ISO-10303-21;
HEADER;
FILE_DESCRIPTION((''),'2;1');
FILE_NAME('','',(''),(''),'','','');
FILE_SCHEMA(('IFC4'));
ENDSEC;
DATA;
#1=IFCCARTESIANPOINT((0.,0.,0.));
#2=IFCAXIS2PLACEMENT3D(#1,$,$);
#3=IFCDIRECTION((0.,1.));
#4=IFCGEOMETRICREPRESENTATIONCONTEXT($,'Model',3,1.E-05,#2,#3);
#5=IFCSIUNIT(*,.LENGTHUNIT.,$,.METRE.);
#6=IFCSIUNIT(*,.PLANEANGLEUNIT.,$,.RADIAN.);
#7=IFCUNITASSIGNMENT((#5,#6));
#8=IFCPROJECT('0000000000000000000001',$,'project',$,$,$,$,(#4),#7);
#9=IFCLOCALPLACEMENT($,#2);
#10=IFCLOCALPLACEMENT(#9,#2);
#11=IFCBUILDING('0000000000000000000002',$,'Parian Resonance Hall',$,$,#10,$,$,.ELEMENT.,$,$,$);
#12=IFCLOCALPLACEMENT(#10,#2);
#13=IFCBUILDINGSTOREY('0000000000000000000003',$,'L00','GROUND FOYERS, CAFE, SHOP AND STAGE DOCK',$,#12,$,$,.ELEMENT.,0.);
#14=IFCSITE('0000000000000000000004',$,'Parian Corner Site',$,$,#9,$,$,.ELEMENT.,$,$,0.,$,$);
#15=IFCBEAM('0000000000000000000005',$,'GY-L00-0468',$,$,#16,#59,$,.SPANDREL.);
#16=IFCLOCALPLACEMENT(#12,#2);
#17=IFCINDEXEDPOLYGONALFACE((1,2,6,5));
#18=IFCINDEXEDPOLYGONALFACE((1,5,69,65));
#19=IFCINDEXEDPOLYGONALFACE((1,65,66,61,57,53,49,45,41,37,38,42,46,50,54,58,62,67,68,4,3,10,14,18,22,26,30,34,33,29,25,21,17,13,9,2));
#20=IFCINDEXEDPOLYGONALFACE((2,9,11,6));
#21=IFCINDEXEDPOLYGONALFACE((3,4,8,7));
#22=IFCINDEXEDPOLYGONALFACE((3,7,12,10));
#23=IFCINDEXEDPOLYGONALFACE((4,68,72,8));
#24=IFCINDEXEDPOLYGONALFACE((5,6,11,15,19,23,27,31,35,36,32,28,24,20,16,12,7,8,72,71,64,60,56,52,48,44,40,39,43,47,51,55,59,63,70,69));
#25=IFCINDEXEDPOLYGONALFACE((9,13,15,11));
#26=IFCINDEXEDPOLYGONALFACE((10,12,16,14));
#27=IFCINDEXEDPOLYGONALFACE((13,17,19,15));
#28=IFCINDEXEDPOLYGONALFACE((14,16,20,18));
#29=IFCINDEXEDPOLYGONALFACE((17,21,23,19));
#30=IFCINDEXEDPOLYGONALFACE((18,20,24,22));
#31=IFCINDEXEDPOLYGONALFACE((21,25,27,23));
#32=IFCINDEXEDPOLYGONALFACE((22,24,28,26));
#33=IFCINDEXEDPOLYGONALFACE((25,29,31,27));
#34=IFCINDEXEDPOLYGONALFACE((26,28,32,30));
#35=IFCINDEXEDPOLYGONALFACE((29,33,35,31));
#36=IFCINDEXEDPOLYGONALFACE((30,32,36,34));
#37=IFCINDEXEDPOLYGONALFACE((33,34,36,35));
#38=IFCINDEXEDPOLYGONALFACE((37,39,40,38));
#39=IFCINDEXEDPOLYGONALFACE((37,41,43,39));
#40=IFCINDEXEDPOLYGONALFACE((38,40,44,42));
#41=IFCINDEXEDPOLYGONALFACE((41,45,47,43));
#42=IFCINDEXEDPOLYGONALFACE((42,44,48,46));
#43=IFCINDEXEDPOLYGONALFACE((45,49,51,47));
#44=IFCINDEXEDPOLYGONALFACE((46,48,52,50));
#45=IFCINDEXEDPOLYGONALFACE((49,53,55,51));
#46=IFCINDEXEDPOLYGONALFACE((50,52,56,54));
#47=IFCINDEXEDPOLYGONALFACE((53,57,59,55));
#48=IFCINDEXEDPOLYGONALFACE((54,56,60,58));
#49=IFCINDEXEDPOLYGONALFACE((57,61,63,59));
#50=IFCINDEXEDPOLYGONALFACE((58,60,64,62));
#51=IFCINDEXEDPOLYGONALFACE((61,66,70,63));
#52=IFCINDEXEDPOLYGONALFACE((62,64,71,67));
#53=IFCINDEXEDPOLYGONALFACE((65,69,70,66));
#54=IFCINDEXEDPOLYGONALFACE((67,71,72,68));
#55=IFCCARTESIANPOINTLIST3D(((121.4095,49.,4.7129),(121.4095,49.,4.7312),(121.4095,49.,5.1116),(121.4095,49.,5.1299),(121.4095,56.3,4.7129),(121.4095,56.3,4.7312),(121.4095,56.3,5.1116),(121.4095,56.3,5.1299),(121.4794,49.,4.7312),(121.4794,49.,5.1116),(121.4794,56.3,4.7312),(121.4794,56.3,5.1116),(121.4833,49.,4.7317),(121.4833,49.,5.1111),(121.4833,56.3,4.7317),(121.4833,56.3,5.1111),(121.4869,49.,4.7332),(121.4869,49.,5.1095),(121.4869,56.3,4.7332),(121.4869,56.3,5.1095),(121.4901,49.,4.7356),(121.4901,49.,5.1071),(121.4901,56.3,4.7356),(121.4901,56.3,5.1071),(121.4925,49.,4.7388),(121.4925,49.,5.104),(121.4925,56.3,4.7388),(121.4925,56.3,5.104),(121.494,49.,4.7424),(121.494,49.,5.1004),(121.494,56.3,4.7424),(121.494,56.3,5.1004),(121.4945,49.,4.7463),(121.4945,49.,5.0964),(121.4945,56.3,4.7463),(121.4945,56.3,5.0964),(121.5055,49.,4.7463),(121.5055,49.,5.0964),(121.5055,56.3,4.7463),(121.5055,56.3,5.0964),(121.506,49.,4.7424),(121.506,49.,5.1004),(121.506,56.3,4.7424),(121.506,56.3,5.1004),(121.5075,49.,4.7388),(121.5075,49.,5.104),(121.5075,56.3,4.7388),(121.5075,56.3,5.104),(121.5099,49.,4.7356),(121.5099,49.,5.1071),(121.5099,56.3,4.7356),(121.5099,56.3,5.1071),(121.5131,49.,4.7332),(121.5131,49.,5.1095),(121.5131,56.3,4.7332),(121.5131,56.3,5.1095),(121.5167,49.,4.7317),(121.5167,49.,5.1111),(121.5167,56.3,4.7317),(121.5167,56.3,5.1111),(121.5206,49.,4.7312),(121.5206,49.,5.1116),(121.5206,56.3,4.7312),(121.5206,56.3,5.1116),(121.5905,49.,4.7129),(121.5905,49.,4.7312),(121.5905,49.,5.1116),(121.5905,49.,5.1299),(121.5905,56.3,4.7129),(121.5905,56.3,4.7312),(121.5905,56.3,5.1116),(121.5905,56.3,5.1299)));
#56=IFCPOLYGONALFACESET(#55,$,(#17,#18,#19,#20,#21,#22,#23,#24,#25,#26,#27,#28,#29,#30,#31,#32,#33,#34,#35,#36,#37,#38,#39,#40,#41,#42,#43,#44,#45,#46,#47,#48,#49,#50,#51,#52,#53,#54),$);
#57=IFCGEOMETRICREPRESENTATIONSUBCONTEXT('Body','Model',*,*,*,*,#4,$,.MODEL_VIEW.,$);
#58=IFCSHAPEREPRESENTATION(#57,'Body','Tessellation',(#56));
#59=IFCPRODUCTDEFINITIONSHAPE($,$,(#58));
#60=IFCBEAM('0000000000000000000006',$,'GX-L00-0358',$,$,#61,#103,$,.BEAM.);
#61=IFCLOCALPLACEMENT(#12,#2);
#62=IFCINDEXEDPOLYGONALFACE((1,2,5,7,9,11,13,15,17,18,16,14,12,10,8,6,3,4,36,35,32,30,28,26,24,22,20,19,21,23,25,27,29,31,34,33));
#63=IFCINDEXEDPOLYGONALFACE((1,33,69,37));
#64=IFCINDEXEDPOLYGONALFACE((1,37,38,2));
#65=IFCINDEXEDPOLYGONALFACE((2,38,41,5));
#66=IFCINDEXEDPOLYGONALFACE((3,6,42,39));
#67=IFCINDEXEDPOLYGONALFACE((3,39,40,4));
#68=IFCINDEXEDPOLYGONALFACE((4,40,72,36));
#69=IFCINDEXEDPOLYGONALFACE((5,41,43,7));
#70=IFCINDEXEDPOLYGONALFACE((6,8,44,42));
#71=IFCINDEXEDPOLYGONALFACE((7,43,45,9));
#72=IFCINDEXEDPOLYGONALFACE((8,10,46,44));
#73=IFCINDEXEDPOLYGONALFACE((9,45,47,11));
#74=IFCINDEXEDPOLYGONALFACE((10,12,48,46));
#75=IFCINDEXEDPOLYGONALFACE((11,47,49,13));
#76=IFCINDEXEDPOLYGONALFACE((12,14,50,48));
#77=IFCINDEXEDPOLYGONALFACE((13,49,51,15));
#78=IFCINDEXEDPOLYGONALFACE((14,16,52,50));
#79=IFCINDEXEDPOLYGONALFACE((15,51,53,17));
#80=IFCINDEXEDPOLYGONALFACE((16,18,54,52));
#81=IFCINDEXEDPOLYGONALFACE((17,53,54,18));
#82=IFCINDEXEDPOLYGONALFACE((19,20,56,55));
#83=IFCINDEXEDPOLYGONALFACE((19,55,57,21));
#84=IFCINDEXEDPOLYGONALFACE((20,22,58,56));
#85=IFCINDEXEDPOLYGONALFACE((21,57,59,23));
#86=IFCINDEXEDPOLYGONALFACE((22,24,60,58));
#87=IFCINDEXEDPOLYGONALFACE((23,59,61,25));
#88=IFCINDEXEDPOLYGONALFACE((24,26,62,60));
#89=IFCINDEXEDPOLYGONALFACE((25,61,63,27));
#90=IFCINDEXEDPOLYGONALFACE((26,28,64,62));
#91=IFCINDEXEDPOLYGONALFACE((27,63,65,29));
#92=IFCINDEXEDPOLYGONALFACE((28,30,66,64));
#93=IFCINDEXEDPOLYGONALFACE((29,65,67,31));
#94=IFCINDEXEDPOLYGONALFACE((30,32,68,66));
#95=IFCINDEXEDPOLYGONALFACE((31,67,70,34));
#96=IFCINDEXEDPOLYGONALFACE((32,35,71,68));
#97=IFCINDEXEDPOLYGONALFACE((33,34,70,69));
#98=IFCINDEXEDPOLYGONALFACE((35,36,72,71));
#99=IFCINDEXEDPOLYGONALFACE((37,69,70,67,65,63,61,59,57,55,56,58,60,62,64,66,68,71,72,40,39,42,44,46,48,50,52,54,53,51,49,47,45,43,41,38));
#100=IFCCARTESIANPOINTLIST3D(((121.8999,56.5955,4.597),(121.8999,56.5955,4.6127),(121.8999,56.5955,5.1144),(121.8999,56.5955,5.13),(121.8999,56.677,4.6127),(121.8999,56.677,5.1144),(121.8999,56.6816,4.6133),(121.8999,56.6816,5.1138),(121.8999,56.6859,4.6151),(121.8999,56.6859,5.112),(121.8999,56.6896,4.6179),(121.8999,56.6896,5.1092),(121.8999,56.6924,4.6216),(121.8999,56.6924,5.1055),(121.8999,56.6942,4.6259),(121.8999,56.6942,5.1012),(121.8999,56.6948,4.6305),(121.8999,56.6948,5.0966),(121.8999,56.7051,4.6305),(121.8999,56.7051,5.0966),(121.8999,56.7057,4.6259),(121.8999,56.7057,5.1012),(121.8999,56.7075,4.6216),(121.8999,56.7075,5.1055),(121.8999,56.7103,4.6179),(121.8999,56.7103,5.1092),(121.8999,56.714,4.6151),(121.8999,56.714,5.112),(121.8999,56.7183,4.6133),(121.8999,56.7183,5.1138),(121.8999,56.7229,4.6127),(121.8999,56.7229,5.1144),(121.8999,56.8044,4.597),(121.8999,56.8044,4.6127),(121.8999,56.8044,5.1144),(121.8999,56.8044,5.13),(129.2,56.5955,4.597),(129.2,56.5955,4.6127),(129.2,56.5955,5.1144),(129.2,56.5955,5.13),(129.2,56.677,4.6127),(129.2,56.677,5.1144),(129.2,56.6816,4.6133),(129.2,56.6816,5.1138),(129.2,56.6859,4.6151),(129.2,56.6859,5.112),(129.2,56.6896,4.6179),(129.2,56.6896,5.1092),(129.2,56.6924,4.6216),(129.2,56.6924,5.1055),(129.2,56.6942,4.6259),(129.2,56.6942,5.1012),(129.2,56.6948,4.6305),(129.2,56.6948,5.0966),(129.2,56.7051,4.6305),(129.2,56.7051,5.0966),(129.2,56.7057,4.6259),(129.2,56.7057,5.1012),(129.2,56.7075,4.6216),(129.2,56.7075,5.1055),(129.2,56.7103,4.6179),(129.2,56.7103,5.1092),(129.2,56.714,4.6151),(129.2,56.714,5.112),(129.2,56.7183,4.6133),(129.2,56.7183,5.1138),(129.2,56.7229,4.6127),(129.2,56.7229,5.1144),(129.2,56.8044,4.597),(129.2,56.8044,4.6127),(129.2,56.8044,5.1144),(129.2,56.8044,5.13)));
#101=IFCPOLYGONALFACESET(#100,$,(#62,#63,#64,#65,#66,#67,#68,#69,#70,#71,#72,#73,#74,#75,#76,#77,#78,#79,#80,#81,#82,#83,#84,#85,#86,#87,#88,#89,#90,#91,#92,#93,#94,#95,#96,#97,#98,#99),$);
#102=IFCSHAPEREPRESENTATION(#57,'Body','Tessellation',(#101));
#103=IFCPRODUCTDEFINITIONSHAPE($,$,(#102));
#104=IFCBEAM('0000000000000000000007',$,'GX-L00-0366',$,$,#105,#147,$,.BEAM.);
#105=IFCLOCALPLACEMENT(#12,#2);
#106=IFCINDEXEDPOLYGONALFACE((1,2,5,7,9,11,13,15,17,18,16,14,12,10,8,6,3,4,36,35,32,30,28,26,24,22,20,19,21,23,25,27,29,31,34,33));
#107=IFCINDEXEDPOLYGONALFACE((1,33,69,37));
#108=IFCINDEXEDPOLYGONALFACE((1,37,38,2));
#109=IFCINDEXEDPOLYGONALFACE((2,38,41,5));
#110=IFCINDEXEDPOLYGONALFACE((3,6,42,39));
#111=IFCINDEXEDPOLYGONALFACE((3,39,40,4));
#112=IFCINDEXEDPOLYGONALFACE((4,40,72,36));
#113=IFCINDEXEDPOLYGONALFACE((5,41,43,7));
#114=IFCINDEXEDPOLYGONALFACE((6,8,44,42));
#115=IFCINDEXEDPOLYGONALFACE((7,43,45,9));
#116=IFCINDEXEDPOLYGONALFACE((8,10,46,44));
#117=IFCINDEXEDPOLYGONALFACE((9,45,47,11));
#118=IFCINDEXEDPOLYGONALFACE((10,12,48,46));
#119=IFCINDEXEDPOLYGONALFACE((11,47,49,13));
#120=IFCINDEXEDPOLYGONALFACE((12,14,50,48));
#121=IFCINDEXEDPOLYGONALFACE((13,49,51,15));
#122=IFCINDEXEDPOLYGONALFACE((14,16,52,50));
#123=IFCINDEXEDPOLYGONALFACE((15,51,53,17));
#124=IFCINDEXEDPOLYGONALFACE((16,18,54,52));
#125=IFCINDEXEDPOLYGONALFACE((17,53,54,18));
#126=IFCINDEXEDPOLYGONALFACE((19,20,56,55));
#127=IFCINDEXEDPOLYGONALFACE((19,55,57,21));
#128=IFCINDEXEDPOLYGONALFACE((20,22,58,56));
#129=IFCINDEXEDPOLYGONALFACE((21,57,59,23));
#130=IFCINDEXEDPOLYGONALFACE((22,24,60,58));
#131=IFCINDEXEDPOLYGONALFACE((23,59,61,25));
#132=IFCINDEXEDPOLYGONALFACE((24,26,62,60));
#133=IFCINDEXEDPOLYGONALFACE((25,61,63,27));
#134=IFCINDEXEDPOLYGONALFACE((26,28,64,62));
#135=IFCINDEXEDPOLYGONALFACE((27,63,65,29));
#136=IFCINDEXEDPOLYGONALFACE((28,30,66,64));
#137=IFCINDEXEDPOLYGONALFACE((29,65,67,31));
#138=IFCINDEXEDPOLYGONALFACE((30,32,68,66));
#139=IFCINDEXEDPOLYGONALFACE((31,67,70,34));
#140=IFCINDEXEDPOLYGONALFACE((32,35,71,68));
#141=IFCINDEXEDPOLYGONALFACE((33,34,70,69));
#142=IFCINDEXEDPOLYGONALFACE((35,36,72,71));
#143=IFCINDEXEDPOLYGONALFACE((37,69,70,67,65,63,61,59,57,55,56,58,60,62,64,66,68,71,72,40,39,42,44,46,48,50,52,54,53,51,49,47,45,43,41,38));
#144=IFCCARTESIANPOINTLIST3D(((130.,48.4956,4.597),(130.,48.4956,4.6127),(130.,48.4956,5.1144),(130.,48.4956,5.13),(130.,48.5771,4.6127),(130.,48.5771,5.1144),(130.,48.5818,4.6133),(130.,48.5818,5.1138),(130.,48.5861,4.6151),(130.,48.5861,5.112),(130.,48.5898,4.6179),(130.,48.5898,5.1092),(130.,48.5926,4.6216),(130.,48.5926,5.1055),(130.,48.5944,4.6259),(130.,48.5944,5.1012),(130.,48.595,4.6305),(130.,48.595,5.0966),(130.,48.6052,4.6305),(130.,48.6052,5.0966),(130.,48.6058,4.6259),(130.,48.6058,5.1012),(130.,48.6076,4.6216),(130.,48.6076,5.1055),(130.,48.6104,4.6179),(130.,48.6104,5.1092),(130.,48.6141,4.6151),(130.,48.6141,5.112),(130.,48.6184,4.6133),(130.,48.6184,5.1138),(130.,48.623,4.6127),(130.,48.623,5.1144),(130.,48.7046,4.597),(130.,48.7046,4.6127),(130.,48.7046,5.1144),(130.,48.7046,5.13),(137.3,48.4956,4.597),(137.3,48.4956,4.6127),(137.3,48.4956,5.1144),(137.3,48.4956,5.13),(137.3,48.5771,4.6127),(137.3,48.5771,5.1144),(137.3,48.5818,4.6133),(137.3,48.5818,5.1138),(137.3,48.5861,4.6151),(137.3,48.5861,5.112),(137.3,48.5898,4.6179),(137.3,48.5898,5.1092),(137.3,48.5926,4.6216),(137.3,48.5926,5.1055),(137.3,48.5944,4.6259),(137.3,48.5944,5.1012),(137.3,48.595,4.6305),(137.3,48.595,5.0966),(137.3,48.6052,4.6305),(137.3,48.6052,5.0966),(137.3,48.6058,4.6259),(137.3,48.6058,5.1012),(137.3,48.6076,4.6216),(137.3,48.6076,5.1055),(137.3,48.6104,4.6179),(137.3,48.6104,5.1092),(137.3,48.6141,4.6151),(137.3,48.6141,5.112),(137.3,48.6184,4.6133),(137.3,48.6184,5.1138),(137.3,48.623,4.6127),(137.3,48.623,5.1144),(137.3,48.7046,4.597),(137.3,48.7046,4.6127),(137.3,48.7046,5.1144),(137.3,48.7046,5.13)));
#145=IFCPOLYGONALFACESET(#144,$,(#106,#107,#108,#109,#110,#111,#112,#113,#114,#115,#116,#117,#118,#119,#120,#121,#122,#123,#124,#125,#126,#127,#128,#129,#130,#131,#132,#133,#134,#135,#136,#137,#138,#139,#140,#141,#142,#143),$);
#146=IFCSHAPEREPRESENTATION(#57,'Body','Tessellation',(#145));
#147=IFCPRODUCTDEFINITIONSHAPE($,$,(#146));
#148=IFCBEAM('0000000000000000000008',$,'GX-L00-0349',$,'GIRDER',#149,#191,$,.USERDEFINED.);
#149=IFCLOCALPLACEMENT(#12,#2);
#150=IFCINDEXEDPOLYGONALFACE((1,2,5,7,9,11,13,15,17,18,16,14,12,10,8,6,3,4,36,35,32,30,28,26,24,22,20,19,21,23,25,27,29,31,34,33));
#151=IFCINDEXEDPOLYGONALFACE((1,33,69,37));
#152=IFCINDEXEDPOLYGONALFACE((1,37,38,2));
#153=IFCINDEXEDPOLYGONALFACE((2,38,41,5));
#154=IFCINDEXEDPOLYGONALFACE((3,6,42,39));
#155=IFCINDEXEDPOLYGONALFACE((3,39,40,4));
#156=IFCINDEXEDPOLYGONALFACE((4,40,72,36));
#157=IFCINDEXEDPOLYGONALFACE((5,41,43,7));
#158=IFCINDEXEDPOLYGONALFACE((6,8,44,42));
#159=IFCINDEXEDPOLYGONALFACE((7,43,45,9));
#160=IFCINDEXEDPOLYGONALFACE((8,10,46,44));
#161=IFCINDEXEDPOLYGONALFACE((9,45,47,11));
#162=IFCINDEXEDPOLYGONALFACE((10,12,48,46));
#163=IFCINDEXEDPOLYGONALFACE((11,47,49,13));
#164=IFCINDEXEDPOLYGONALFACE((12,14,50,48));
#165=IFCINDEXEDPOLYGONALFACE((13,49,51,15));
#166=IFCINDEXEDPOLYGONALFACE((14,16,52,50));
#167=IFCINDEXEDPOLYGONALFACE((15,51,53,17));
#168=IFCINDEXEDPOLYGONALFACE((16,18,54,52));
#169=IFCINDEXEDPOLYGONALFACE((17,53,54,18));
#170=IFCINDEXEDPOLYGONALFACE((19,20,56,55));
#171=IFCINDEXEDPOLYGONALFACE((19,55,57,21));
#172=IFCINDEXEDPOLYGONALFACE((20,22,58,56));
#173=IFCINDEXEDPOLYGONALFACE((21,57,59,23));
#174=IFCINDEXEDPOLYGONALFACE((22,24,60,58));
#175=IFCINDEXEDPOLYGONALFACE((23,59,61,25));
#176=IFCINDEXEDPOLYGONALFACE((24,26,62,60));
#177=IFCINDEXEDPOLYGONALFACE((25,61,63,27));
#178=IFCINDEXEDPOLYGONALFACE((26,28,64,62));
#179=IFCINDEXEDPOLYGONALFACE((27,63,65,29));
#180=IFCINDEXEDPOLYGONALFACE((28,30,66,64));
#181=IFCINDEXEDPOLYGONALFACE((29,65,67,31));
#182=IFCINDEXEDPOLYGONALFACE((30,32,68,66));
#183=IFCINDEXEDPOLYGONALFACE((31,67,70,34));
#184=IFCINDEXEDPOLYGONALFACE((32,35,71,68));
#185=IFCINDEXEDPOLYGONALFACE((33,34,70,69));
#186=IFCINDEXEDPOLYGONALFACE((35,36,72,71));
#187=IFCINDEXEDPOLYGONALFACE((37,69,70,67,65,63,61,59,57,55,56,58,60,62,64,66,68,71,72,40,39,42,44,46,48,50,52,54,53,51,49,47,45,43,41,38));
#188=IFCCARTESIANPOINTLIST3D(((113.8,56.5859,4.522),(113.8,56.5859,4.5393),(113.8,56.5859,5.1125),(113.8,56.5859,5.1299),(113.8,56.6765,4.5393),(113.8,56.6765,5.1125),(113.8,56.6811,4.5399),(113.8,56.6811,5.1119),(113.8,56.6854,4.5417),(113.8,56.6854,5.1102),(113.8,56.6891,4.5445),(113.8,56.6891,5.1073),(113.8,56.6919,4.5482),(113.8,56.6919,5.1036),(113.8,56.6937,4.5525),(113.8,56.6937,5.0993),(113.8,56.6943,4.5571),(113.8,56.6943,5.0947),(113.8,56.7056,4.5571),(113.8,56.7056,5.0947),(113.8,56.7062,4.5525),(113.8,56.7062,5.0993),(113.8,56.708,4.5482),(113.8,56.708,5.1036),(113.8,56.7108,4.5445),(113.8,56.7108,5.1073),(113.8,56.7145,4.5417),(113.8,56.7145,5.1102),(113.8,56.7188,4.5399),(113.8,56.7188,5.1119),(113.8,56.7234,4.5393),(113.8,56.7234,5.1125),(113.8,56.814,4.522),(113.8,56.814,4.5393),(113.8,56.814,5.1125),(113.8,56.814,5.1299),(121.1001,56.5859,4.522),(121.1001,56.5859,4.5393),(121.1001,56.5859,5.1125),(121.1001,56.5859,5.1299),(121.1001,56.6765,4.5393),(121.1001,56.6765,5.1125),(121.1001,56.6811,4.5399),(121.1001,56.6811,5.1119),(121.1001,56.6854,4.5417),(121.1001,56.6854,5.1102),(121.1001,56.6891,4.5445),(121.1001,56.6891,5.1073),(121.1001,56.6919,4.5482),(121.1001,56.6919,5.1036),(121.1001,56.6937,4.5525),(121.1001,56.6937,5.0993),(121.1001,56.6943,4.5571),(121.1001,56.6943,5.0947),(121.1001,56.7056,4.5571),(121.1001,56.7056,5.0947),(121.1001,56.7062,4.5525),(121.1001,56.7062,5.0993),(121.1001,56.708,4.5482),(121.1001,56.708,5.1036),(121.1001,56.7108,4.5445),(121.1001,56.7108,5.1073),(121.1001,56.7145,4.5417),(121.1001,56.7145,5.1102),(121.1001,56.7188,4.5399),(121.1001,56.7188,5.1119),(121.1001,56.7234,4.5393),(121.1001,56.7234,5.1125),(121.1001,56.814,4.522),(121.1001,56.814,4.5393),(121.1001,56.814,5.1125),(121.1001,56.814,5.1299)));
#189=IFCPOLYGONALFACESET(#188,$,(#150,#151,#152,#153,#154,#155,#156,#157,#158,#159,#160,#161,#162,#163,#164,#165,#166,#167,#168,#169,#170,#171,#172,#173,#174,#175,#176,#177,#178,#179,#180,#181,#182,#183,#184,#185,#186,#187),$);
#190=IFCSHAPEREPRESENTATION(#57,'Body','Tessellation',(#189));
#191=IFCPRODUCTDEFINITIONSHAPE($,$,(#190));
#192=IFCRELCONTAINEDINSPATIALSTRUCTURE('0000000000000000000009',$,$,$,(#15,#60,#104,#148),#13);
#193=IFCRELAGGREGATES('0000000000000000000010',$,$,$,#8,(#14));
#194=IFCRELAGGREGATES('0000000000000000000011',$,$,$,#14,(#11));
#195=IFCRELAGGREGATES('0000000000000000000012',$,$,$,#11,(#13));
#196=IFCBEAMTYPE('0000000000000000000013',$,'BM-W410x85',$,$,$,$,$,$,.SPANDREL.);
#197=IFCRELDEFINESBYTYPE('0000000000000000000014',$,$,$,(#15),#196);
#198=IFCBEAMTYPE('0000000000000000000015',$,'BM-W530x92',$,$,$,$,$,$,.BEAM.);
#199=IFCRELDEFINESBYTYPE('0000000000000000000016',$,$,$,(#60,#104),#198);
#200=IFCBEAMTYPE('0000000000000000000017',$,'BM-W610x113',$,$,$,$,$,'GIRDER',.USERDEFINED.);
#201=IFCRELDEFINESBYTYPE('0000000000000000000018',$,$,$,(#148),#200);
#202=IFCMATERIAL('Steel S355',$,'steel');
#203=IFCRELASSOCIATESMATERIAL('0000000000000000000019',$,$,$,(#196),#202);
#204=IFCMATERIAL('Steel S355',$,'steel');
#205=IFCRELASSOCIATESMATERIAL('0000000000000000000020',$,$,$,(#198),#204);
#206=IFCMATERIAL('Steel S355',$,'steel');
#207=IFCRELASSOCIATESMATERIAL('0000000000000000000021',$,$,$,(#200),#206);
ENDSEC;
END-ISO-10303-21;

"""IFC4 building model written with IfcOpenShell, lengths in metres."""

from ifc_helpers import new_model, si_unit, direction, frame, origin, origin_2d, place, context, subcontext, project, spatial, i_section, extrude, material, material_profile, profile_set, type_object, element, save


model = new_model("IFC4")

# Units and contexts
model_context = context("Model", 3, precision=1e-05, world=origin(), true_north=direction((0.0, 1.0)))
body_context = subcontext(model_context, "Body", "Model", "MODEL_VIEW")
ifc_project = project(units=[si_unit("LENGTHUNIT", "METRE"), si_unit("PLANEANGLEUNIT", "RADIAN")], contexts=[model_context])

# Site, building, storey
site_placement = place(None, origin())
site = spatial("IfcSite", under=ifc_project, at=site_placement, Name="Parian Corner Site", CompositionType="ELEMENT", RefElevation=0.0)
building_placement = place(site_placement, origin())
building = spatial("IfcBuilding", under=site, at=building_placement, Name="Parian Resonance Hall", CompositionType="ELEMENT")
storey_placement = place(building_placement, origin())
storey = spatial("IfcBuildingStorey", under=building, at=storey_placement, Name="L00", Description="GROUND FOYERS, CAFE, SHOP AND STAGE DOCK", CompositionType="ELEMENT", Elevation=0.0)

# Beams
ifc_material_1 = material(Name="Steel S355", Category="steel")
ifc_material_profile_1 = material_profile(ifc_material_1, i_section(OverallWidth=0.1809, OverallDepth=0.417, WebThickness=0.011, FlangeThickness=0.0183, FilletRadius=0.0151, at=origin_2d()), Name="W410x85")
ifc_profile_set_1 = profile_set([ifc_material_profile_1], Name="Steel S355")
beam_type_1 = type_object("IfcBeamType", Name="BM-W410x85", PredefinedType="SPANDREL", material=ifc_profile_set_1)
for number, where, z_axis, x_axis, name in (
    (1, (121.5, 49.0, 4.9214), (0.0, 1.0, 0.0), (-1.0, 0.0, 0.0), "GY-L00-0468"),
):
    element("IfcBeam", number, at=place(storey_placement, frame(where, z_axis=z_axis, x_axis=x_axis)), inside=storey, type_object=beam_type_1, Name=name, PredefinedType="SPANDREL", context=body_context, shape_type="SweptSolid", body=[
        extrude(i_section(OverallWidth=0.1809, OverallDepth=0.417, WebThickness=0.011, FlangeThickness=0.0183, FilletRadius=0.0151, at=origin_2d()), origin(), (0.0, 0.0, 1.0), 7.3),
    ])
ifc_material_2 = material(Name="Steel S355", Category="steel")
ifc_material_profile_2 = material_profile(ifc_material_2, i_section(OverallWidth=0.209, OverallDepth=0.533, WebThickness=0.0103, FlangeThickness=0.0156, FilletRadius=0.0178, at=origin_2d()), Name="W530x92")
ifc_profile_set_2 = profile_set([ifc_material_profile_2], Name="Steel S355")
beam_type_2 = type_object("IfcBeamType", Name="BM-W530x92", PredefinedType="BEAM", material=ifc_profile_set_2)
for number, where, z_axis, x_axis, name in (
    (2, (121.8999, 56.7, 4.8635), (1.0, 0.0, 0.0), (0.0, 1.0, 0.0), "GX-L00-0358"),
    (3, (130.0, 48.6001, 4.8635), (1.0, 0.0, 0.0), (0.0, 1.0, 0.0), "GX-L00-0366"),
):
    element("IfcBeam", number, at=place(storey_placement, frame(where, z_axis=z_axis, x_axis=x_axis)), inside=storey, type_object=beam_type_2, Name=name, PredefinedType="BEAM", context=body_context, shape_type="SweptSolid", body=[
        extrude(i_section(OverallWidth=0.209, OverallDepth=0.533, WebThickness=0.0103, FlangeThickness=0.0156, FilletRadius=0.0178, at=origin_2d()), origin(), (0.0, 0.0, 1.0), 7.3),
    ])
ifc_material_3 = material(Name="Steel S355", Category="steel")
ifc_material_profile_3 = material_profile(ifc_material_3, i_section(OverallWidth=0.228, OverallDepth=0.6079, WebThickness=0.0112, FlangeThickness=0.0173, FilletRadius=0.0178, at=origin_2d()), Name="W610x113")
ifc_profile_set_3 = profile_set([ifc_material_profile_3], Name="Steel S355")
beam_type_3 = type_object("IfcBeamType", Name="BM-W610x113", ElementType="GIRDER", PredefinedType="USERDEFINED", material=ifc_profile_set_3)
beam_1_placement = place(storey_placement, frame((113.8, 56.7, 4.8259), z_axis=(1.0, 0.0, 0.0), x_axis=(0.0, 1.0, 0.0)))
element("IfcBeam", 4, at=beam_1_placement, inside=storey, type_object=beam_type_3, Name="GX-L00-0349", ObjectType="GIRDER", PredefinedType="USERDEFINED", context=body_context, shape_type="SweptSolid", body=[
    extrude(i_section(OverallWidth=0.228, OverallDepth=0.6079, WebThickness=0.0112, FlangeThickness=0.0173, FilletRadius=0.0178, at=origin_2d()), origin(), (0.0, 0.0, 1.0), 7.3),
])

save(model, "model.ifc")
